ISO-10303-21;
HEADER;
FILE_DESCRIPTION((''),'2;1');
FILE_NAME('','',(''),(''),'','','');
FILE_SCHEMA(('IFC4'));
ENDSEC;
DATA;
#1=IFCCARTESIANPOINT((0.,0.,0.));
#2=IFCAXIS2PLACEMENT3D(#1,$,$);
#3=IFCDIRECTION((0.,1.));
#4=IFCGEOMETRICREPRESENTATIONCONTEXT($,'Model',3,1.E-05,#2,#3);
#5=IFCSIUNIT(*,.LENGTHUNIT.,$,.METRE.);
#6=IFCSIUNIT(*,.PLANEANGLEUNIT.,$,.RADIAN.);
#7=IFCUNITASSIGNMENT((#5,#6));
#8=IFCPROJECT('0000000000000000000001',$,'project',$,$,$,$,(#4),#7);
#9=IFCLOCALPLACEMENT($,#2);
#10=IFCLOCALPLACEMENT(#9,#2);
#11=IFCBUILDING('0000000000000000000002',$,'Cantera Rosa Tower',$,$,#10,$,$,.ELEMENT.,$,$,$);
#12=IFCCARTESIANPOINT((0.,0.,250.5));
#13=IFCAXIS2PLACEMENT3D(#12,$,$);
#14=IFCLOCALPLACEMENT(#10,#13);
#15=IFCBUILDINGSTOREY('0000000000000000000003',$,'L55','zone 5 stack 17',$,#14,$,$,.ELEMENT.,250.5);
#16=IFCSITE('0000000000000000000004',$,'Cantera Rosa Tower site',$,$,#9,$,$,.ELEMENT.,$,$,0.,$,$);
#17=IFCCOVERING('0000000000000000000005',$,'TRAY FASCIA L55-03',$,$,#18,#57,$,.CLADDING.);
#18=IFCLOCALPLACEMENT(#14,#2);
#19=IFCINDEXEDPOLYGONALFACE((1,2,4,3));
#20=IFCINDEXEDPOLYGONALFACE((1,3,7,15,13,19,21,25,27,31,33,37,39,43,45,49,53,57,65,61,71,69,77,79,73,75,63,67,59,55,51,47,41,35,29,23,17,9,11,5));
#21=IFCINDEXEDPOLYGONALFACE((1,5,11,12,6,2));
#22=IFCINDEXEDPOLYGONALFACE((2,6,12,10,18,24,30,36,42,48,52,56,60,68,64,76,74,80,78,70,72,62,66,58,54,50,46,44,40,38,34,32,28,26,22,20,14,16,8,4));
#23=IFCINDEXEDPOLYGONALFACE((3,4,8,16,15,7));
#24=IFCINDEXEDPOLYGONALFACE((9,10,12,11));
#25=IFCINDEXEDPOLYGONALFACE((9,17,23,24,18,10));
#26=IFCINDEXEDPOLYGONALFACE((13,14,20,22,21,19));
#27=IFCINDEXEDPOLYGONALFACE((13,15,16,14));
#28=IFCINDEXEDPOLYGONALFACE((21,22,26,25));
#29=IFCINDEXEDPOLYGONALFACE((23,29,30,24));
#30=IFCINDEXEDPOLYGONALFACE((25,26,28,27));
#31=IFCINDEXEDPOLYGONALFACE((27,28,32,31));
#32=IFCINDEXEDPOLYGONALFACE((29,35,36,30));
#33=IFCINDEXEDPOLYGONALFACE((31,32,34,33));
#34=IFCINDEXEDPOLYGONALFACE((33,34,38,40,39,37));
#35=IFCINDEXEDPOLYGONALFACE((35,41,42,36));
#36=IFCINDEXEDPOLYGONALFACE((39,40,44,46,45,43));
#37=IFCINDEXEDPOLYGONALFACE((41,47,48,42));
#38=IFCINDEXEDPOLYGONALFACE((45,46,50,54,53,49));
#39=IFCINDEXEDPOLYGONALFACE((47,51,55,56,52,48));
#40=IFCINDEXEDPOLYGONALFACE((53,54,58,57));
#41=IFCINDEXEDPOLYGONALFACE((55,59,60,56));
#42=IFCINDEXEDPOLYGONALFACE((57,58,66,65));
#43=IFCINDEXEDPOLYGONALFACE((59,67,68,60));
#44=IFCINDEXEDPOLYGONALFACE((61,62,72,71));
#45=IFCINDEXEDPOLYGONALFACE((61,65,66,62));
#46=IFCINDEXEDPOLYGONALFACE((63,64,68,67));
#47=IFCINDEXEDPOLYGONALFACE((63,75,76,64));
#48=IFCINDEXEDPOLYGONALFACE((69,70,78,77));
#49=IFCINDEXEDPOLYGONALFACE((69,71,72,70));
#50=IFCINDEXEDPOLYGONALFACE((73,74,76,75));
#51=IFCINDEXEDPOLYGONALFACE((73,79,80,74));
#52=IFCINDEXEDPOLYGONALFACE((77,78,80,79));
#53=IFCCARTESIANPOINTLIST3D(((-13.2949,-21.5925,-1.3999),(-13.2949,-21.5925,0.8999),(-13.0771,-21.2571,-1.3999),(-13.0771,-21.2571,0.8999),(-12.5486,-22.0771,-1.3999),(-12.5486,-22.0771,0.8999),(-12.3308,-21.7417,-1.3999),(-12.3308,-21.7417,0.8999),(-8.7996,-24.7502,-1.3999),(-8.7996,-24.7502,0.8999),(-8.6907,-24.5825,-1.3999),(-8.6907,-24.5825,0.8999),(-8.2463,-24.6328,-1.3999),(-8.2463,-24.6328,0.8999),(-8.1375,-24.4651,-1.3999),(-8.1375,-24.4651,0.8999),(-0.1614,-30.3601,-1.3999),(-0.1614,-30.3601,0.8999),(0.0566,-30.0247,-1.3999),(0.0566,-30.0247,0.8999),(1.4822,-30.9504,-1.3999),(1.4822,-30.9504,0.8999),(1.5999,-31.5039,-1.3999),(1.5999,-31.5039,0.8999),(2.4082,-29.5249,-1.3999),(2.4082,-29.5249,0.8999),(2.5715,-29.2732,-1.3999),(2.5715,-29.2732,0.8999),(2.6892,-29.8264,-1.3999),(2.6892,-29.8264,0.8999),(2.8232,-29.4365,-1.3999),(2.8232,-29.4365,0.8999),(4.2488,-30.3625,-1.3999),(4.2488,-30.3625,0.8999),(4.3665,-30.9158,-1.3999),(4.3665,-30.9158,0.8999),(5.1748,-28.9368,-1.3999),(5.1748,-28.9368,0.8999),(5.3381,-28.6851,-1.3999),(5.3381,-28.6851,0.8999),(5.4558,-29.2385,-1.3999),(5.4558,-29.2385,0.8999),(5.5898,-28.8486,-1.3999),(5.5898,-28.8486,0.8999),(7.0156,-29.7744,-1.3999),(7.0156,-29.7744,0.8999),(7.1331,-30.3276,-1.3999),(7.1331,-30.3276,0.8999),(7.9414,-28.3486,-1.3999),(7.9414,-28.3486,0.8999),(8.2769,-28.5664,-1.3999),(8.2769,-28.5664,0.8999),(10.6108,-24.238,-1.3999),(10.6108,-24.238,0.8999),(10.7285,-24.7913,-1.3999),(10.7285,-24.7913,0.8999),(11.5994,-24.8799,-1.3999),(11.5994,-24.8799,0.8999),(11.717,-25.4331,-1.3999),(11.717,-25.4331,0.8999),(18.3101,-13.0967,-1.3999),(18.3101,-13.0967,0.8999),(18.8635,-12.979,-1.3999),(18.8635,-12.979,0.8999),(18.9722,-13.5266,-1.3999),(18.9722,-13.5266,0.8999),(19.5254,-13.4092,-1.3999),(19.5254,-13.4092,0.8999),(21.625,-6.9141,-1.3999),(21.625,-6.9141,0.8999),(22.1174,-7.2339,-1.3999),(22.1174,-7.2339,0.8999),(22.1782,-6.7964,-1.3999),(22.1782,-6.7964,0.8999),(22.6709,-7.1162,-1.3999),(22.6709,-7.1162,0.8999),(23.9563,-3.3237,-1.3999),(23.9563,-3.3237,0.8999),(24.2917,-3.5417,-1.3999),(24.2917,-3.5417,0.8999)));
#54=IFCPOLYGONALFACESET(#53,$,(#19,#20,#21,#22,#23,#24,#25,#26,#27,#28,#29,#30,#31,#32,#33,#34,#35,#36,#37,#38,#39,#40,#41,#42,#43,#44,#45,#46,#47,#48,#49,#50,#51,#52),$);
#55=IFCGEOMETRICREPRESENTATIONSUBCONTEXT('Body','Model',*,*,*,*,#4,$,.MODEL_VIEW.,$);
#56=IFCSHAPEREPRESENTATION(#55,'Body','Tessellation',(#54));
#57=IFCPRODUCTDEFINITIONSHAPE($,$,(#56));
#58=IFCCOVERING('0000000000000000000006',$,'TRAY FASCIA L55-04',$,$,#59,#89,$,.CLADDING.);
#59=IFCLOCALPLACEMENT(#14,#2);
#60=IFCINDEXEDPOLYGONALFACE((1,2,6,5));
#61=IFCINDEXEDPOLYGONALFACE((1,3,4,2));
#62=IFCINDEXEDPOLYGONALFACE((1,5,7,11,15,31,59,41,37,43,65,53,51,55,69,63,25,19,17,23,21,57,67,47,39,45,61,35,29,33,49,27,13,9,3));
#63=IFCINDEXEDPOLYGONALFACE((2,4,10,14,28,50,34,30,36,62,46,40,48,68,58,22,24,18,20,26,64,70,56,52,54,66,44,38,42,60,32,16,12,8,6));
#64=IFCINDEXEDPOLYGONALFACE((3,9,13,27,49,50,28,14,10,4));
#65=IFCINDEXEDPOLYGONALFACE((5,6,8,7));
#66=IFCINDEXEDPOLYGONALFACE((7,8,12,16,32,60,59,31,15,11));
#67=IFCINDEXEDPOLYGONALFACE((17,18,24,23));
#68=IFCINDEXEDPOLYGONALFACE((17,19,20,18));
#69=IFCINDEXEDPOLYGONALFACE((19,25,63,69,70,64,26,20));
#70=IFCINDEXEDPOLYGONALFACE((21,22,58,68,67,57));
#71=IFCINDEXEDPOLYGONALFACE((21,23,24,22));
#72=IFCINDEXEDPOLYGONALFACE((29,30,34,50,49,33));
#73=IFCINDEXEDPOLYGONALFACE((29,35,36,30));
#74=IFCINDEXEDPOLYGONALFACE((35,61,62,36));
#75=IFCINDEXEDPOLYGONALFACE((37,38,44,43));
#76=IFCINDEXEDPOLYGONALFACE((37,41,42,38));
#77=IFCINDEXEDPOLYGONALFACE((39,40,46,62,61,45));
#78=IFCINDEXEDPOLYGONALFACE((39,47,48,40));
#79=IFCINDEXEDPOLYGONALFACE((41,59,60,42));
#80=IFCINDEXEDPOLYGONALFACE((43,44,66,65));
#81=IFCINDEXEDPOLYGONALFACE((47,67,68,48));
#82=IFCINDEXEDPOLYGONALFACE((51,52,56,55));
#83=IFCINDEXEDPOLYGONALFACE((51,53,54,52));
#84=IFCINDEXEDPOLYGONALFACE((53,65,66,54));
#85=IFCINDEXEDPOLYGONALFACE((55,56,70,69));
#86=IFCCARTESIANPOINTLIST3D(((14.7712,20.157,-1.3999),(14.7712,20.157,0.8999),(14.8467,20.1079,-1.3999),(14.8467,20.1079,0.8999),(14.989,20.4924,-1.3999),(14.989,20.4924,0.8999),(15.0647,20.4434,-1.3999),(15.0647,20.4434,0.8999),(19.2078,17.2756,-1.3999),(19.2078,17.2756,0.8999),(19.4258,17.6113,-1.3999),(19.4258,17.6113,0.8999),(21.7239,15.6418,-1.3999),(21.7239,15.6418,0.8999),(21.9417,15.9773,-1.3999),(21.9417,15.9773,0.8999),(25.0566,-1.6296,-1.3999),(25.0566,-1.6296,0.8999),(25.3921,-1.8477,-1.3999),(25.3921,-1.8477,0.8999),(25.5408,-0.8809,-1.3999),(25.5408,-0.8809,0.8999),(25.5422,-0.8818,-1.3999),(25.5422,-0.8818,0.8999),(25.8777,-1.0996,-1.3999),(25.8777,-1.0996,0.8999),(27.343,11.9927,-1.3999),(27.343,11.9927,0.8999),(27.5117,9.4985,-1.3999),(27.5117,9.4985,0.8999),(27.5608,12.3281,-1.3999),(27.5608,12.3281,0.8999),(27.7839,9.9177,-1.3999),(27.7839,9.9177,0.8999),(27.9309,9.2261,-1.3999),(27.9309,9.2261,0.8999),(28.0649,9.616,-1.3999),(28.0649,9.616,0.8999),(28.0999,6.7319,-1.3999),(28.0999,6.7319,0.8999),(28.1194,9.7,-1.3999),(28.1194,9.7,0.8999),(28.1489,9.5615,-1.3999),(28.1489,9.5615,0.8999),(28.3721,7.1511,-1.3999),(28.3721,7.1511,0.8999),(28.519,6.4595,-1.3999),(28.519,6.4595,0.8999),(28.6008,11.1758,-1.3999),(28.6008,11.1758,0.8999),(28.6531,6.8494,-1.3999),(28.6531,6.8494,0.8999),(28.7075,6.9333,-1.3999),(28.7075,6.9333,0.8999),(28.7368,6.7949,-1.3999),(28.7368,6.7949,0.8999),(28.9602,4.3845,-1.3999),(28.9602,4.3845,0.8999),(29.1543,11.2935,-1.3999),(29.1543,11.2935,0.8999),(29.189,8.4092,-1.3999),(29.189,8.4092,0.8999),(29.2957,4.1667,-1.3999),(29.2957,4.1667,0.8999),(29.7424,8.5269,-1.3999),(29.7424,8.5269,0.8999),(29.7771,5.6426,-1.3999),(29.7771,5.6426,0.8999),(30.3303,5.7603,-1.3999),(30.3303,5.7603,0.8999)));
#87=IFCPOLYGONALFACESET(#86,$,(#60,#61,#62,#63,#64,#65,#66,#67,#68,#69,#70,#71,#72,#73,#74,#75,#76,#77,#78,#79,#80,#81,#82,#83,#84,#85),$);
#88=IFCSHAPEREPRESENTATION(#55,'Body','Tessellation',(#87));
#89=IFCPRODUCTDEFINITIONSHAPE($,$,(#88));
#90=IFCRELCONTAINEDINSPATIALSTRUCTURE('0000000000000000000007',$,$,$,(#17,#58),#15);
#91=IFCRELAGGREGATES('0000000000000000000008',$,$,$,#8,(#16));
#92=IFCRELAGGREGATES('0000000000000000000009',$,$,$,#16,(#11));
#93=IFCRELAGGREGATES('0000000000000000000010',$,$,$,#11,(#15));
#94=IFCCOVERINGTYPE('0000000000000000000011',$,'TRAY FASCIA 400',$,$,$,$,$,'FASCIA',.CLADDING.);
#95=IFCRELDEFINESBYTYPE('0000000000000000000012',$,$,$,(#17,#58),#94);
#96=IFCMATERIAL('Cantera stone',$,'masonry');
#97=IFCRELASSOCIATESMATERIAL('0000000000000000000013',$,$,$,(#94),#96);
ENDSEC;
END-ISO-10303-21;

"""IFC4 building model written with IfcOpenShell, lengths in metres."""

from ifc_helpers import new_model, si_unit, direction, frame, origin, place, context, subcontext, project, spatial, polyline, outline, extrude, material, type_object, element, save


model = new_model("IFC4")

# Units and contexts
model_context = context("Model", 3, precision=1e-05, world=origin(), true_north=direction((0.0, 1.0)))
body_context = subcontext(model_context, "Body", "Model", "MODEL_VIEW")
ifc_project = project(units=[si_unit("LENGTHUNIT", "METRE"), si_unit("PLANEANGLEUNIT", "RADIAN")], contexts=[model_context])

# Site, building, storey
site_placement = place(None, origin())
site = spatial("IfcSite", under=ifc_project, at=site_placement, Name="Cantera Rosa Tower site", CompositionType="ELEMENT", RefElevation=0.0)
building_placement = place(site_placement, origin())
building = spatial("IfcBuilding", under=site, at=building_placement, Name="Cantera Rosa Tower", CompositionType="ELEMENT")
storey_placement = place(building_placement, frame((0.0, 0.0, 250.5)))
storey = spatial("IfcBuildingStorey", under=building, at=storey_placement, Name="L55", Description="zone 5 stack 17", CompositionType="ELEMENT", Elevation=250.5)

# Coverings
ifc_material_1 = material(Name="Cantera stone", Category="masonry")
covering_type_1 = type_object("IfcCoveringType", Name="TRAY FASCIA 400", ElementType="FASCIA", PredefinedType="CLADDING", material=ifc_material_1)
covering_1_placement = place(storey_placement, frame((0.0, 0.0, -1.3999)))
element("IfcCovering", 1, at=covering_1_placement, inside=storey, type_object=covering_type_1, Name="TRAY FASCIA L55-03", PredefinedType="CLADDING", context=body_context, shape_type="SweptSolid", body=[
    extrude(outline(polyline([(-13.2949, -21.5925), (-13.0771, -21.2571), (-12.3308, -21.7417), (-8.1375, -24.4651), (-8.2463, -24.6328), (0.0566, -30.0247), (1.4822, -30.9504), (2.4082, -29.5249), (2.5715, -29.2732), (2.8232, -29.4365), (4.2488, -30.3625), (5.1748, -28.9368), (5.3381, -28.6851), (5.5898, -28.8486), (7.0156, -29.7744), (7.9414, -28.3486), (10.6108, -24.238), (11.5994, -24.8799), (18.9722, -13.5266), (18.3101, -13.0967), (22.1174, -7.2339), (21.625, -6.9141), (23.9563, -3.3237), (24.2917, -3.5417), (22.1782, -6.7964), (22.6709, -7.1162), (18.8635, -12.979), (19.5254, -13.4092), (11.717, -25.4331), (10.7285, -24.7913), (8.2769, -28.5664), (7.1331, -30.3276), (5.4558, -29.2385), (4.3665, -30.9158), (2.6892, -29.8264), (1.5999, -31.5039), (-0.1614, -30.3601), (-8.7996, -24.7502), (-8.6907, -24.5825), (-12.5486, -22.0771), (-13.2949, -21.5925)])), origin(), (0.0, 0.0, 1.0), 2.2998),
])
covering_2_placement = place(storey_placement, frame((0.0, 0.0, -1.3999)))
element("IfcCovering", 2, at=covering_2_placement, inside=storey, type_object=covering_type_1, Name="TRAY FASCIA L55-04", PredefinedType="CLADDING", context=body_context, shape_type="SweptSolid", body=[
    extrude(outline(polyline([(15.0647, 20.4434), (19.4258, 17.6113), (21.9417, 15.9773), (27.5608, 12.3281), (29.1543, 11.2935), (28.1194, 9.7), (28.0649, 9.616), (28.1489, 9.5615), (29.7424, 8.5269), (28.7075, 6.9333), (28.6531, 6.8494), (28.7368, 6.7949), (30.3303, 5.7603), (29.2957, 4.1667), (25.8777, -1.0996), (25.3921, -1.8477), (25.0566, -1.6296), (25.5422, -0.8818), (25.5408, -0.8809), (28.9602, 4.3845), (29.7771, 5.6426), (28.519, 6.4595), (28.0999, 6.7319), (28.3721, 7.1511), (29.189, 8.4092), (27.9309, 9.2261), (27.5117, 9.4985), (27.7839, 9.9177), (28.6008, 11.1758), (27.343, 11.9927), (21.7239, 15.6418), (19.2078, 17.2756), (14.8467, 20.1079), (14.7712, 20.157), (14.989, 20.4924), (15.0647, 20.4434)])), origin(), (0.0, 0.0, 1.0), 2.2998),
])

save(model, "model.ifc")
